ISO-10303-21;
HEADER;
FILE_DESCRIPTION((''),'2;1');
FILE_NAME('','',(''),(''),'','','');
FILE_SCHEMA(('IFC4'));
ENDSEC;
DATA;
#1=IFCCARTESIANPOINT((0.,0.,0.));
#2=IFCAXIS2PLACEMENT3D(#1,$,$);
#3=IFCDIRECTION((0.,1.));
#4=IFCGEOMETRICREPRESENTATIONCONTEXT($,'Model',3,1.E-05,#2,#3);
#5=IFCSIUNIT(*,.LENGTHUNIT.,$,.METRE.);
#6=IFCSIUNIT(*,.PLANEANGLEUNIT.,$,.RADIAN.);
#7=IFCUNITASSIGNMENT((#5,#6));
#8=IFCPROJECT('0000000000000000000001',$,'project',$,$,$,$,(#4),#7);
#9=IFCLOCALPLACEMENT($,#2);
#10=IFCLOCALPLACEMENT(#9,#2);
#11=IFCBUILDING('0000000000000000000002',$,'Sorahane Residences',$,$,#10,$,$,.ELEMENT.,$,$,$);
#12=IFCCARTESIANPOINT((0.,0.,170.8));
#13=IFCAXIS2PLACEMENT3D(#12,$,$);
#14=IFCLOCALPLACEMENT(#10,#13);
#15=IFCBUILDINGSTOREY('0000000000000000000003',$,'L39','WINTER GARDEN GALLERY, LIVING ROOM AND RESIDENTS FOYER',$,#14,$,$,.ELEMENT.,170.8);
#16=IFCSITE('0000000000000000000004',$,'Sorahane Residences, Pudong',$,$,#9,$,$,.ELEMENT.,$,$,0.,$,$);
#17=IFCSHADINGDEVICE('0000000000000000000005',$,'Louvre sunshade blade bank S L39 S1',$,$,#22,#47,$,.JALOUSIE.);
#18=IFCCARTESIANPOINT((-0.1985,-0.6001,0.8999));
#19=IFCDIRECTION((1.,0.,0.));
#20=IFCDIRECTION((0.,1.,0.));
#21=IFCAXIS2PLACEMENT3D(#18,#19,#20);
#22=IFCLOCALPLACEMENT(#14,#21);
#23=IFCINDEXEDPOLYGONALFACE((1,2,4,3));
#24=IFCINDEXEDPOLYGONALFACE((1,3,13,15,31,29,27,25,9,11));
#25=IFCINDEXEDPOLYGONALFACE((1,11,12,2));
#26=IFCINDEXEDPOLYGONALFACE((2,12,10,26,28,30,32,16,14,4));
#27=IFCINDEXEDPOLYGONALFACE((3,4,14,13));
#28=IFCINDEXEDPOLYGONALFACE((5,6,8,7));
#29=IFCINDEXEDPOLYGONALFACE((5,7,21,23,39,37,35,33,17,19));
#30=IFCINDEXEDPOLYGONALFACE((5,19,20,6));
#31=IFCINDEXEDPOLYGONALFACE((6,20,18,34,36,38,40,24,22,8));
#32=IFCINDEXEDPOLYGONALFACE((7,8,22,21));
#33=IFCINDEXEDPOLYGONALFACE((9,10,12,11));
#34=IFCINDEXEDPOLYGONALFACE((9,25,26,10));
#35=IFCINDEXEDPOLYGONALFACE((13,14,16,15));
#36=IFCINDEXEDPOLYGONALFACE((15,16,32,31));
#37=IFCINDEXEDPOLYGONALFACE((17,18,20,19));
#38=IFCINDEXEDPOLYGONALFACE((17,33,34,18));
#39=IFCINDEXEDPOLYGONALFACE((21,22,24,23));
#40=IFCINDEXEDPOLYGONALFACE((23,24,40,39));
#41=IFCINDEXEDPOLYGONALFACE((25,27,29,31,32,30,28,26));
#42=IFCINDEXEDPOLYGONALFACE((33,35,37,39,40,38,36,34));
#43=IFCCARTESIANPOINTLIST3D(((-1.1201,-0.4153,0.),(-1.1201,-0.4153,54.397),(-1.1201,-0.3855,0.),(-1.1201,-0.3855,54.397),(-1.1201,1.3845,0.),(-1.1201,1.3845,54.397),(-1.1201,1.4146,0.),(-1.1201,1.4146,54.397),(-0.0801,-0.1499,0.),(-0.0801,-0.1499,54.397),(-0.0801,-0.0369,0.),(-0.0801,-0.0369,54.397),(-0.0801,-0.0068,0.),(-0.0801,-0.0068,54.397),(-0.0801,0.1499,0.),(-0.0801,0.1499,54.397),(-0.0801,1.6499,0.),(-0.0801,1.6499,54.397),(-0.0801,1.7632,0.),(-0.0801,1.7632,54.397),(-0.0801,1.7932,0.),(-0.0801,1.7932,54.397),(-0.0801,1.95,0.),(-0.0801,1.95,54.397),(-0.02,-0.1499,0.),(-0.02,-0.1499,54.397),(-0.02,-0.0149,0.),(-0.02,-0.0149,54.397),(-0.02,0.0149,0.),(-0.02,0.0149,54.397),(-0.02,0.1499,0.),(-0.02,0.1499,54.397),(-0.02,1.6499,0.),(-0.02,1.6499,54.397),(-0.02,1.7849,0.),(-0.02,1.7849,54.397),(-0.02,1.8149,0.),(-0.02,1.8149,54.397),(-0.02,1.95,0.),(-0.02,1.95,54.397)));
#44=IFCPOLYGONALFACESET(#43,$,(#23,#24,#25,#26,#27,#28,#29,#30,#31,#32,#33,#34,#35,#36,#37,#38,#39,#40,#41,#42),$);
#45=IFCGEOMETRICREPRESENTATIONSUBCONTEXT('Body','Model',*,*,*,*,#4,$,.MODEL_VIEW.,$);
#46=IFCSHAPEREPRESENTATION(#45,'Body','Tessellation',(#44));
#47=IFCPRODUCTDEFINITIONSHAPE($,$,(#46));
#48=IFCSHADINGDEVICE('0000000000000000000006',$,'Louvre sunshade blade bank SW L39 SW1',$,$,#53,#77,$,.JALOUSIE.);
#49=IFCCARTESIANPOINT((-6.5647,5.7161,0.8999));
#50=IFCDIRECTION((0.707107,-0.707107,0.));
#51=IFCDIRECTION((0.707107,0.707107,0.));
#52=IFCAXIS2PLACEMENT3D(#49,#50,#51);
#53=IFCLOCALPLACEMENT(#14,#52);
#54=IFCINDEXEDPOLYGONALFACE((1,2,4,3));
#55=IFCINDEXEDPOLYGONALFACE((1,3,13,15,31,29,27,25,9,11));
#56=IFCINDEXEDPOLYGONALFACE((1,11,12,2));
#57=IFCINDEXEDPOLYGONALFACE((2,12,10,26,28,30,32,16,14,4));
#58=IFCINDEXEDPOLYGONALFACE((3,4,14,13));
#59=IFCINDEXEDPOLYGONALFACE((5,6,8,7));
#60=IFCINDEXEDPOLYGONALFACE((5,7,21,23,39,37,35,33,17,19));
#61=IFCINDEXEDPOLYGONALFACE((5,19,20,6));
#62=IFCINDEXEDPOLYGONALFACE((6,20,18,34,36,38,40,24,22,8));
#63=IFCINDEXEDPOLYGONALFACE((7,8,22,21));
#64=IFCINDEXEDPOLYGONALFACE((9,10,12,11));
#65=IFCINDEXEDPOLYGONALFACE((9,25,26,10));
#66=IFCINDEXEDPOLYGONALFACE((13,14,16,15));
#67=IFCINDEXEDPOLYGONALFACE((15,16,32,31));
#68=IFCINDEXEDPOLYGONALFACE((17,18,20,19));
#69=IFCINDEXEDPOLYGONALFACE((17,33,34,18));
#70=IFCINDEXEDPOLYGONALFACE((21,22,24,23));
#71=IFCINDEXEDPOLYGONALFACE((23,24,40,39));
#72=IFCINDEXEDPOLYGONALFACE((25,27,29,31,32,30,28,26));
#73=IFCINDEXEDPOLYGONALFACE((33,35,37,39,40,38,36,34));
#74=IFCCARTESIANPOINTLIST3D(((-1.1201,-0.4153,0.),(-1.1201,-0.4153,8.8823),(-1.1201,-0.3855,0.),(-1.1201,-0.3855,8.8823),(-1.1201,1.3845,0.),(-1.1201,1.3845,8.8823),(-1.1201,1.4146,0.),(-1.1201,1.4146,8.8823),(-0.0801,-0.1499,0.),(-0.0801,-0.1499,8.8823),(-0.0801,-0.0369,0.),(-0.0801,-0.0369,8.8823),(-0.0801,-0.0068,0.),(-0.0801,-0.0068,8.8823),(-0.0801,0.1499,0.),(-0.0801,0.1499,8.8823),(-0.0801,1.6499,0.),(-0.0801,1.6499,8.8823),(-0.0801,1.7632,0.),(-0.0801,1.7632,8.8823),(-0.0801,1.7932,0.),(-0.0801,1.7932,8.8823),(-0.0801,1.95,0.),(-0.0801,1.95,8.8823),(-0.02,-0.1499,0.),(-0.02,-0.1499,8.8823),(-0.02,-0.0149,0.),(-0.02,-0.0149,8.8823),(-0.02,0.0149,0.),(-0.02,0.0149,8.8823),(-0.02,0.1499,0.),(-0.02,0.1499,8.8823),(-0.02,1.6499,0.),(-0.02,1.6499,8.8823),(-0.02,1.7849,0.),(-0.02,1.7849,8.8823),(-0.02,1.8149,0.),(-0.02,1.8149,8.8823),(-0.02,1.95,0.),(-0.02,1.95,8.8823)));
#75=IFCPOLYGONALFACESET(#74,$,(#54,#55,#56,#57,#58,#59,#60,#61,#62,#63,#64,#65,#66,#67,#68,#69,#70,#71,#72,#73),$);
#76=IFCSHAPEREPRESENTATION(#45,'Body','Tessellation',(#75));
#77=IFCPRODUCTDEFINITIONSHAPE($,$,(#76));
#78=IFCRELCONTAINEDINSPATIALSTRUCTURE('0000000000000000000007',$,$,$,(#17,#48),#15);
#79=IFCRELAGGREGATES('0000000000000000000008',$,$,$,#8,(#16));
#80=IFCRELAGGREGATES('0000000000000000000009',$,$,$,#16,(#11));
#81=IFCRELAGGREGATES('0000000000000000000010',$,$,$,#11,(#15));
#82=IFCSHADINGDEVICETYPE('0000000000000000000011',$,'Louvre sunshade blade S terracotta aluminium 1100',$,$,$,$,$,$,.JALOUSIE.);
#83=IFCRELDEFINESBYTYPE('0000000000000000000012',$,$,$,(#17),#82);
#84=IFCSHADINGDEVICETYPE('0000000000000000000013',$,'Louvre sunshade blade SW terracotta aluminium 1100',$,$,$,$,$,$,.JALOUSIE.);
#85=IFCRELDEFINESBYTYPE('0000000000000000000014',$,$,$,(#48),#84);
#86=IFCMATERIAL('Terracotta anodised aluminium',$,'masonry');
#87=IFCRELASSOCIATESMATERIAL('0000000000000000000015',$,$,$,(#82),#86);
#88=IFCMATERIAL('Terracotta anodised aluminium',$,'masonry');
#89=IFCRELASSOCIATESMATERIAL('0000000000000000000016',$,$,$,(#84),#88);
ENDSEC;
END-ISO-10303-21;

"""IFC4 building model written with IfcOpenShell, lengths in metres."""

from ifc_helpers import new_model, si_unit, direction, frame, origin, place, context, subcontext, project, spatial, polyline, outline, composite_profile, extrude, material, type_object, element, save


model = new_model("IFC4")

# Units and contexts
model_context = context("Model", 3, precision=1e-05, world=origin(), true_north=direction((0.0, 1.0)))
body_context = subcontext(model_context, "Body", "Model", "MODEL_VIEW")
ifc_project = project(units=[si_unit("LENGTHUNIT", "METRE"), si_unit("PLANEANGLEUNIT", "RADIAN")], contexts=[model_context])

# Site, building, storey
site_placement = place(None, origin())
site = spatial("IfcSite", under=ifc_project, at=site_placement, Name="Sorahane Residences, Pudong", CompositionType="ELEMENT", RefElevation=0.0)
building_placement = place(site_placement, origin())
building = spatial("IfcBuilding", under=site, at=building_placement, Name="Sorahane Residences", CompositionType="ELEMENT")
storey_placement = place(building_placement, frame((0.0, 0.0, 170.8)))
storey = spatial("IfcBuildingStorey", under=building, at=storey_placement, Name="L39", Description="WINTER GARDEN GALLERY, LIVING ROOM AND RESIDENTS FOYER", CompositionType="ELEMENT", Elevation=170.8)

# Shading devices
ifc_material_1 = material(Name="Terracotta anodised aluminium", Category="masonry")
shading_device_type_1 = type_object("IfcShadingDeviceType", Name="Louvre sunshade blade S terracotta aluminium 1100", PredefinedType="JALOUSIE", material=ifc_material_1)
shading_device_1_placement = place(storey_placement, frame((-0.1985, -0.6001, 0.8999), z_axis=(1.0, 0.0, 0.0), x_axis=(0.0, 1.0, 0.0)))
element("IfcShadingDevice", 1, at=shading_device_1_placement, inside=storey, type_object=shading_device_type_1, Name="Louvre sunshade blade bank S L39 S1", PredefinedType="JALOUSIE", context=body_context, shape_type="SweptSolid", body=[
    extrude(composite_profile([outline(polyline([(-1.1201, -0.3855), (-1.1201, -0.4153), (-0.0801, -0.0369), (-0.0801, -0.1499), (-0.02, -0.1499), (-0.02, -0.0149), (-0.02, 0.0149), (-0.02, 0.1499), (-0.0801, 0.1499), (-0.0801, -0.0068), (-1.1201, -0.3855)])), outline(polyline([(-1.1201, 1.4146), (-1.1201, 1.3845), (-0.0801, 1.7632), (-0.0801, 1.6499), (-0.02, 1.6499), (-0.02, 1.7849), (-0.02, 1.8149), (-0.02, 1.95), (-0.0801, 1.95), (-0.0801, 1.7932), (-1.1201, 1.4146)]))]), origin(), (0.0, 0.0, 1.0), 54.397),
])
ifc_material_2 = material(Name="Terracotta anodised aluminium", Category="masonry")
shading_device_type_2 = type_object("IfcShadingDeviceType", Name="Louvre sunshade blade SW terracotta aluminium 1100", PredefinedType="JALOUSIE", material=ifc_material_2)
shading_device_2_placement = place(storey_placement, frame((-6.5647, 5.7161, 0.8999), z_axis=(0.707107, -0.707107, 0.0), x_axis=(0.707107, 0.707107, 0.0)))
element("IfcShadingDevice", 2, at=shading_device_2_placement, inside=storey, type_object=shading_device_type_2, Name="Louvre sunshade blade bank SW L39 SW1", PredefinedType="JALOUSIE", context=body_context, shape_type="SweptSolid", body=[
    extrude(composite_profile([outline(polyline([(-1.1201, -0.3855), (-1.1201, -0.4153), (-0.0801, -0.0369), (-0.0801, -0.1499), (-0.02, -0.1499), (-0.02, -0.0149), (-0.02, 0.0149), (-0.02, 0.1499), (-0.0801, 0.1499), (-0.0801, -0.0068), (-1.1201, -0.3855)])), outline(polyline([(-1.1201, 1.4146), (-1.1201, 1.3845), (-0.0801, 1.7632), (-0.0801, 1.6499), (-0.02, 1.6499), (-0.02, 1.7849), (-0.02, 1.8149), (-0.02, 1.95), (-0.0801, 1.95), (-0.0801, 1.7932), (-1.1201, 1.4146)]))]), origin(), (0.0, 0.0, 1.0), 8.8823),
])

save(model, "model.ifc")
